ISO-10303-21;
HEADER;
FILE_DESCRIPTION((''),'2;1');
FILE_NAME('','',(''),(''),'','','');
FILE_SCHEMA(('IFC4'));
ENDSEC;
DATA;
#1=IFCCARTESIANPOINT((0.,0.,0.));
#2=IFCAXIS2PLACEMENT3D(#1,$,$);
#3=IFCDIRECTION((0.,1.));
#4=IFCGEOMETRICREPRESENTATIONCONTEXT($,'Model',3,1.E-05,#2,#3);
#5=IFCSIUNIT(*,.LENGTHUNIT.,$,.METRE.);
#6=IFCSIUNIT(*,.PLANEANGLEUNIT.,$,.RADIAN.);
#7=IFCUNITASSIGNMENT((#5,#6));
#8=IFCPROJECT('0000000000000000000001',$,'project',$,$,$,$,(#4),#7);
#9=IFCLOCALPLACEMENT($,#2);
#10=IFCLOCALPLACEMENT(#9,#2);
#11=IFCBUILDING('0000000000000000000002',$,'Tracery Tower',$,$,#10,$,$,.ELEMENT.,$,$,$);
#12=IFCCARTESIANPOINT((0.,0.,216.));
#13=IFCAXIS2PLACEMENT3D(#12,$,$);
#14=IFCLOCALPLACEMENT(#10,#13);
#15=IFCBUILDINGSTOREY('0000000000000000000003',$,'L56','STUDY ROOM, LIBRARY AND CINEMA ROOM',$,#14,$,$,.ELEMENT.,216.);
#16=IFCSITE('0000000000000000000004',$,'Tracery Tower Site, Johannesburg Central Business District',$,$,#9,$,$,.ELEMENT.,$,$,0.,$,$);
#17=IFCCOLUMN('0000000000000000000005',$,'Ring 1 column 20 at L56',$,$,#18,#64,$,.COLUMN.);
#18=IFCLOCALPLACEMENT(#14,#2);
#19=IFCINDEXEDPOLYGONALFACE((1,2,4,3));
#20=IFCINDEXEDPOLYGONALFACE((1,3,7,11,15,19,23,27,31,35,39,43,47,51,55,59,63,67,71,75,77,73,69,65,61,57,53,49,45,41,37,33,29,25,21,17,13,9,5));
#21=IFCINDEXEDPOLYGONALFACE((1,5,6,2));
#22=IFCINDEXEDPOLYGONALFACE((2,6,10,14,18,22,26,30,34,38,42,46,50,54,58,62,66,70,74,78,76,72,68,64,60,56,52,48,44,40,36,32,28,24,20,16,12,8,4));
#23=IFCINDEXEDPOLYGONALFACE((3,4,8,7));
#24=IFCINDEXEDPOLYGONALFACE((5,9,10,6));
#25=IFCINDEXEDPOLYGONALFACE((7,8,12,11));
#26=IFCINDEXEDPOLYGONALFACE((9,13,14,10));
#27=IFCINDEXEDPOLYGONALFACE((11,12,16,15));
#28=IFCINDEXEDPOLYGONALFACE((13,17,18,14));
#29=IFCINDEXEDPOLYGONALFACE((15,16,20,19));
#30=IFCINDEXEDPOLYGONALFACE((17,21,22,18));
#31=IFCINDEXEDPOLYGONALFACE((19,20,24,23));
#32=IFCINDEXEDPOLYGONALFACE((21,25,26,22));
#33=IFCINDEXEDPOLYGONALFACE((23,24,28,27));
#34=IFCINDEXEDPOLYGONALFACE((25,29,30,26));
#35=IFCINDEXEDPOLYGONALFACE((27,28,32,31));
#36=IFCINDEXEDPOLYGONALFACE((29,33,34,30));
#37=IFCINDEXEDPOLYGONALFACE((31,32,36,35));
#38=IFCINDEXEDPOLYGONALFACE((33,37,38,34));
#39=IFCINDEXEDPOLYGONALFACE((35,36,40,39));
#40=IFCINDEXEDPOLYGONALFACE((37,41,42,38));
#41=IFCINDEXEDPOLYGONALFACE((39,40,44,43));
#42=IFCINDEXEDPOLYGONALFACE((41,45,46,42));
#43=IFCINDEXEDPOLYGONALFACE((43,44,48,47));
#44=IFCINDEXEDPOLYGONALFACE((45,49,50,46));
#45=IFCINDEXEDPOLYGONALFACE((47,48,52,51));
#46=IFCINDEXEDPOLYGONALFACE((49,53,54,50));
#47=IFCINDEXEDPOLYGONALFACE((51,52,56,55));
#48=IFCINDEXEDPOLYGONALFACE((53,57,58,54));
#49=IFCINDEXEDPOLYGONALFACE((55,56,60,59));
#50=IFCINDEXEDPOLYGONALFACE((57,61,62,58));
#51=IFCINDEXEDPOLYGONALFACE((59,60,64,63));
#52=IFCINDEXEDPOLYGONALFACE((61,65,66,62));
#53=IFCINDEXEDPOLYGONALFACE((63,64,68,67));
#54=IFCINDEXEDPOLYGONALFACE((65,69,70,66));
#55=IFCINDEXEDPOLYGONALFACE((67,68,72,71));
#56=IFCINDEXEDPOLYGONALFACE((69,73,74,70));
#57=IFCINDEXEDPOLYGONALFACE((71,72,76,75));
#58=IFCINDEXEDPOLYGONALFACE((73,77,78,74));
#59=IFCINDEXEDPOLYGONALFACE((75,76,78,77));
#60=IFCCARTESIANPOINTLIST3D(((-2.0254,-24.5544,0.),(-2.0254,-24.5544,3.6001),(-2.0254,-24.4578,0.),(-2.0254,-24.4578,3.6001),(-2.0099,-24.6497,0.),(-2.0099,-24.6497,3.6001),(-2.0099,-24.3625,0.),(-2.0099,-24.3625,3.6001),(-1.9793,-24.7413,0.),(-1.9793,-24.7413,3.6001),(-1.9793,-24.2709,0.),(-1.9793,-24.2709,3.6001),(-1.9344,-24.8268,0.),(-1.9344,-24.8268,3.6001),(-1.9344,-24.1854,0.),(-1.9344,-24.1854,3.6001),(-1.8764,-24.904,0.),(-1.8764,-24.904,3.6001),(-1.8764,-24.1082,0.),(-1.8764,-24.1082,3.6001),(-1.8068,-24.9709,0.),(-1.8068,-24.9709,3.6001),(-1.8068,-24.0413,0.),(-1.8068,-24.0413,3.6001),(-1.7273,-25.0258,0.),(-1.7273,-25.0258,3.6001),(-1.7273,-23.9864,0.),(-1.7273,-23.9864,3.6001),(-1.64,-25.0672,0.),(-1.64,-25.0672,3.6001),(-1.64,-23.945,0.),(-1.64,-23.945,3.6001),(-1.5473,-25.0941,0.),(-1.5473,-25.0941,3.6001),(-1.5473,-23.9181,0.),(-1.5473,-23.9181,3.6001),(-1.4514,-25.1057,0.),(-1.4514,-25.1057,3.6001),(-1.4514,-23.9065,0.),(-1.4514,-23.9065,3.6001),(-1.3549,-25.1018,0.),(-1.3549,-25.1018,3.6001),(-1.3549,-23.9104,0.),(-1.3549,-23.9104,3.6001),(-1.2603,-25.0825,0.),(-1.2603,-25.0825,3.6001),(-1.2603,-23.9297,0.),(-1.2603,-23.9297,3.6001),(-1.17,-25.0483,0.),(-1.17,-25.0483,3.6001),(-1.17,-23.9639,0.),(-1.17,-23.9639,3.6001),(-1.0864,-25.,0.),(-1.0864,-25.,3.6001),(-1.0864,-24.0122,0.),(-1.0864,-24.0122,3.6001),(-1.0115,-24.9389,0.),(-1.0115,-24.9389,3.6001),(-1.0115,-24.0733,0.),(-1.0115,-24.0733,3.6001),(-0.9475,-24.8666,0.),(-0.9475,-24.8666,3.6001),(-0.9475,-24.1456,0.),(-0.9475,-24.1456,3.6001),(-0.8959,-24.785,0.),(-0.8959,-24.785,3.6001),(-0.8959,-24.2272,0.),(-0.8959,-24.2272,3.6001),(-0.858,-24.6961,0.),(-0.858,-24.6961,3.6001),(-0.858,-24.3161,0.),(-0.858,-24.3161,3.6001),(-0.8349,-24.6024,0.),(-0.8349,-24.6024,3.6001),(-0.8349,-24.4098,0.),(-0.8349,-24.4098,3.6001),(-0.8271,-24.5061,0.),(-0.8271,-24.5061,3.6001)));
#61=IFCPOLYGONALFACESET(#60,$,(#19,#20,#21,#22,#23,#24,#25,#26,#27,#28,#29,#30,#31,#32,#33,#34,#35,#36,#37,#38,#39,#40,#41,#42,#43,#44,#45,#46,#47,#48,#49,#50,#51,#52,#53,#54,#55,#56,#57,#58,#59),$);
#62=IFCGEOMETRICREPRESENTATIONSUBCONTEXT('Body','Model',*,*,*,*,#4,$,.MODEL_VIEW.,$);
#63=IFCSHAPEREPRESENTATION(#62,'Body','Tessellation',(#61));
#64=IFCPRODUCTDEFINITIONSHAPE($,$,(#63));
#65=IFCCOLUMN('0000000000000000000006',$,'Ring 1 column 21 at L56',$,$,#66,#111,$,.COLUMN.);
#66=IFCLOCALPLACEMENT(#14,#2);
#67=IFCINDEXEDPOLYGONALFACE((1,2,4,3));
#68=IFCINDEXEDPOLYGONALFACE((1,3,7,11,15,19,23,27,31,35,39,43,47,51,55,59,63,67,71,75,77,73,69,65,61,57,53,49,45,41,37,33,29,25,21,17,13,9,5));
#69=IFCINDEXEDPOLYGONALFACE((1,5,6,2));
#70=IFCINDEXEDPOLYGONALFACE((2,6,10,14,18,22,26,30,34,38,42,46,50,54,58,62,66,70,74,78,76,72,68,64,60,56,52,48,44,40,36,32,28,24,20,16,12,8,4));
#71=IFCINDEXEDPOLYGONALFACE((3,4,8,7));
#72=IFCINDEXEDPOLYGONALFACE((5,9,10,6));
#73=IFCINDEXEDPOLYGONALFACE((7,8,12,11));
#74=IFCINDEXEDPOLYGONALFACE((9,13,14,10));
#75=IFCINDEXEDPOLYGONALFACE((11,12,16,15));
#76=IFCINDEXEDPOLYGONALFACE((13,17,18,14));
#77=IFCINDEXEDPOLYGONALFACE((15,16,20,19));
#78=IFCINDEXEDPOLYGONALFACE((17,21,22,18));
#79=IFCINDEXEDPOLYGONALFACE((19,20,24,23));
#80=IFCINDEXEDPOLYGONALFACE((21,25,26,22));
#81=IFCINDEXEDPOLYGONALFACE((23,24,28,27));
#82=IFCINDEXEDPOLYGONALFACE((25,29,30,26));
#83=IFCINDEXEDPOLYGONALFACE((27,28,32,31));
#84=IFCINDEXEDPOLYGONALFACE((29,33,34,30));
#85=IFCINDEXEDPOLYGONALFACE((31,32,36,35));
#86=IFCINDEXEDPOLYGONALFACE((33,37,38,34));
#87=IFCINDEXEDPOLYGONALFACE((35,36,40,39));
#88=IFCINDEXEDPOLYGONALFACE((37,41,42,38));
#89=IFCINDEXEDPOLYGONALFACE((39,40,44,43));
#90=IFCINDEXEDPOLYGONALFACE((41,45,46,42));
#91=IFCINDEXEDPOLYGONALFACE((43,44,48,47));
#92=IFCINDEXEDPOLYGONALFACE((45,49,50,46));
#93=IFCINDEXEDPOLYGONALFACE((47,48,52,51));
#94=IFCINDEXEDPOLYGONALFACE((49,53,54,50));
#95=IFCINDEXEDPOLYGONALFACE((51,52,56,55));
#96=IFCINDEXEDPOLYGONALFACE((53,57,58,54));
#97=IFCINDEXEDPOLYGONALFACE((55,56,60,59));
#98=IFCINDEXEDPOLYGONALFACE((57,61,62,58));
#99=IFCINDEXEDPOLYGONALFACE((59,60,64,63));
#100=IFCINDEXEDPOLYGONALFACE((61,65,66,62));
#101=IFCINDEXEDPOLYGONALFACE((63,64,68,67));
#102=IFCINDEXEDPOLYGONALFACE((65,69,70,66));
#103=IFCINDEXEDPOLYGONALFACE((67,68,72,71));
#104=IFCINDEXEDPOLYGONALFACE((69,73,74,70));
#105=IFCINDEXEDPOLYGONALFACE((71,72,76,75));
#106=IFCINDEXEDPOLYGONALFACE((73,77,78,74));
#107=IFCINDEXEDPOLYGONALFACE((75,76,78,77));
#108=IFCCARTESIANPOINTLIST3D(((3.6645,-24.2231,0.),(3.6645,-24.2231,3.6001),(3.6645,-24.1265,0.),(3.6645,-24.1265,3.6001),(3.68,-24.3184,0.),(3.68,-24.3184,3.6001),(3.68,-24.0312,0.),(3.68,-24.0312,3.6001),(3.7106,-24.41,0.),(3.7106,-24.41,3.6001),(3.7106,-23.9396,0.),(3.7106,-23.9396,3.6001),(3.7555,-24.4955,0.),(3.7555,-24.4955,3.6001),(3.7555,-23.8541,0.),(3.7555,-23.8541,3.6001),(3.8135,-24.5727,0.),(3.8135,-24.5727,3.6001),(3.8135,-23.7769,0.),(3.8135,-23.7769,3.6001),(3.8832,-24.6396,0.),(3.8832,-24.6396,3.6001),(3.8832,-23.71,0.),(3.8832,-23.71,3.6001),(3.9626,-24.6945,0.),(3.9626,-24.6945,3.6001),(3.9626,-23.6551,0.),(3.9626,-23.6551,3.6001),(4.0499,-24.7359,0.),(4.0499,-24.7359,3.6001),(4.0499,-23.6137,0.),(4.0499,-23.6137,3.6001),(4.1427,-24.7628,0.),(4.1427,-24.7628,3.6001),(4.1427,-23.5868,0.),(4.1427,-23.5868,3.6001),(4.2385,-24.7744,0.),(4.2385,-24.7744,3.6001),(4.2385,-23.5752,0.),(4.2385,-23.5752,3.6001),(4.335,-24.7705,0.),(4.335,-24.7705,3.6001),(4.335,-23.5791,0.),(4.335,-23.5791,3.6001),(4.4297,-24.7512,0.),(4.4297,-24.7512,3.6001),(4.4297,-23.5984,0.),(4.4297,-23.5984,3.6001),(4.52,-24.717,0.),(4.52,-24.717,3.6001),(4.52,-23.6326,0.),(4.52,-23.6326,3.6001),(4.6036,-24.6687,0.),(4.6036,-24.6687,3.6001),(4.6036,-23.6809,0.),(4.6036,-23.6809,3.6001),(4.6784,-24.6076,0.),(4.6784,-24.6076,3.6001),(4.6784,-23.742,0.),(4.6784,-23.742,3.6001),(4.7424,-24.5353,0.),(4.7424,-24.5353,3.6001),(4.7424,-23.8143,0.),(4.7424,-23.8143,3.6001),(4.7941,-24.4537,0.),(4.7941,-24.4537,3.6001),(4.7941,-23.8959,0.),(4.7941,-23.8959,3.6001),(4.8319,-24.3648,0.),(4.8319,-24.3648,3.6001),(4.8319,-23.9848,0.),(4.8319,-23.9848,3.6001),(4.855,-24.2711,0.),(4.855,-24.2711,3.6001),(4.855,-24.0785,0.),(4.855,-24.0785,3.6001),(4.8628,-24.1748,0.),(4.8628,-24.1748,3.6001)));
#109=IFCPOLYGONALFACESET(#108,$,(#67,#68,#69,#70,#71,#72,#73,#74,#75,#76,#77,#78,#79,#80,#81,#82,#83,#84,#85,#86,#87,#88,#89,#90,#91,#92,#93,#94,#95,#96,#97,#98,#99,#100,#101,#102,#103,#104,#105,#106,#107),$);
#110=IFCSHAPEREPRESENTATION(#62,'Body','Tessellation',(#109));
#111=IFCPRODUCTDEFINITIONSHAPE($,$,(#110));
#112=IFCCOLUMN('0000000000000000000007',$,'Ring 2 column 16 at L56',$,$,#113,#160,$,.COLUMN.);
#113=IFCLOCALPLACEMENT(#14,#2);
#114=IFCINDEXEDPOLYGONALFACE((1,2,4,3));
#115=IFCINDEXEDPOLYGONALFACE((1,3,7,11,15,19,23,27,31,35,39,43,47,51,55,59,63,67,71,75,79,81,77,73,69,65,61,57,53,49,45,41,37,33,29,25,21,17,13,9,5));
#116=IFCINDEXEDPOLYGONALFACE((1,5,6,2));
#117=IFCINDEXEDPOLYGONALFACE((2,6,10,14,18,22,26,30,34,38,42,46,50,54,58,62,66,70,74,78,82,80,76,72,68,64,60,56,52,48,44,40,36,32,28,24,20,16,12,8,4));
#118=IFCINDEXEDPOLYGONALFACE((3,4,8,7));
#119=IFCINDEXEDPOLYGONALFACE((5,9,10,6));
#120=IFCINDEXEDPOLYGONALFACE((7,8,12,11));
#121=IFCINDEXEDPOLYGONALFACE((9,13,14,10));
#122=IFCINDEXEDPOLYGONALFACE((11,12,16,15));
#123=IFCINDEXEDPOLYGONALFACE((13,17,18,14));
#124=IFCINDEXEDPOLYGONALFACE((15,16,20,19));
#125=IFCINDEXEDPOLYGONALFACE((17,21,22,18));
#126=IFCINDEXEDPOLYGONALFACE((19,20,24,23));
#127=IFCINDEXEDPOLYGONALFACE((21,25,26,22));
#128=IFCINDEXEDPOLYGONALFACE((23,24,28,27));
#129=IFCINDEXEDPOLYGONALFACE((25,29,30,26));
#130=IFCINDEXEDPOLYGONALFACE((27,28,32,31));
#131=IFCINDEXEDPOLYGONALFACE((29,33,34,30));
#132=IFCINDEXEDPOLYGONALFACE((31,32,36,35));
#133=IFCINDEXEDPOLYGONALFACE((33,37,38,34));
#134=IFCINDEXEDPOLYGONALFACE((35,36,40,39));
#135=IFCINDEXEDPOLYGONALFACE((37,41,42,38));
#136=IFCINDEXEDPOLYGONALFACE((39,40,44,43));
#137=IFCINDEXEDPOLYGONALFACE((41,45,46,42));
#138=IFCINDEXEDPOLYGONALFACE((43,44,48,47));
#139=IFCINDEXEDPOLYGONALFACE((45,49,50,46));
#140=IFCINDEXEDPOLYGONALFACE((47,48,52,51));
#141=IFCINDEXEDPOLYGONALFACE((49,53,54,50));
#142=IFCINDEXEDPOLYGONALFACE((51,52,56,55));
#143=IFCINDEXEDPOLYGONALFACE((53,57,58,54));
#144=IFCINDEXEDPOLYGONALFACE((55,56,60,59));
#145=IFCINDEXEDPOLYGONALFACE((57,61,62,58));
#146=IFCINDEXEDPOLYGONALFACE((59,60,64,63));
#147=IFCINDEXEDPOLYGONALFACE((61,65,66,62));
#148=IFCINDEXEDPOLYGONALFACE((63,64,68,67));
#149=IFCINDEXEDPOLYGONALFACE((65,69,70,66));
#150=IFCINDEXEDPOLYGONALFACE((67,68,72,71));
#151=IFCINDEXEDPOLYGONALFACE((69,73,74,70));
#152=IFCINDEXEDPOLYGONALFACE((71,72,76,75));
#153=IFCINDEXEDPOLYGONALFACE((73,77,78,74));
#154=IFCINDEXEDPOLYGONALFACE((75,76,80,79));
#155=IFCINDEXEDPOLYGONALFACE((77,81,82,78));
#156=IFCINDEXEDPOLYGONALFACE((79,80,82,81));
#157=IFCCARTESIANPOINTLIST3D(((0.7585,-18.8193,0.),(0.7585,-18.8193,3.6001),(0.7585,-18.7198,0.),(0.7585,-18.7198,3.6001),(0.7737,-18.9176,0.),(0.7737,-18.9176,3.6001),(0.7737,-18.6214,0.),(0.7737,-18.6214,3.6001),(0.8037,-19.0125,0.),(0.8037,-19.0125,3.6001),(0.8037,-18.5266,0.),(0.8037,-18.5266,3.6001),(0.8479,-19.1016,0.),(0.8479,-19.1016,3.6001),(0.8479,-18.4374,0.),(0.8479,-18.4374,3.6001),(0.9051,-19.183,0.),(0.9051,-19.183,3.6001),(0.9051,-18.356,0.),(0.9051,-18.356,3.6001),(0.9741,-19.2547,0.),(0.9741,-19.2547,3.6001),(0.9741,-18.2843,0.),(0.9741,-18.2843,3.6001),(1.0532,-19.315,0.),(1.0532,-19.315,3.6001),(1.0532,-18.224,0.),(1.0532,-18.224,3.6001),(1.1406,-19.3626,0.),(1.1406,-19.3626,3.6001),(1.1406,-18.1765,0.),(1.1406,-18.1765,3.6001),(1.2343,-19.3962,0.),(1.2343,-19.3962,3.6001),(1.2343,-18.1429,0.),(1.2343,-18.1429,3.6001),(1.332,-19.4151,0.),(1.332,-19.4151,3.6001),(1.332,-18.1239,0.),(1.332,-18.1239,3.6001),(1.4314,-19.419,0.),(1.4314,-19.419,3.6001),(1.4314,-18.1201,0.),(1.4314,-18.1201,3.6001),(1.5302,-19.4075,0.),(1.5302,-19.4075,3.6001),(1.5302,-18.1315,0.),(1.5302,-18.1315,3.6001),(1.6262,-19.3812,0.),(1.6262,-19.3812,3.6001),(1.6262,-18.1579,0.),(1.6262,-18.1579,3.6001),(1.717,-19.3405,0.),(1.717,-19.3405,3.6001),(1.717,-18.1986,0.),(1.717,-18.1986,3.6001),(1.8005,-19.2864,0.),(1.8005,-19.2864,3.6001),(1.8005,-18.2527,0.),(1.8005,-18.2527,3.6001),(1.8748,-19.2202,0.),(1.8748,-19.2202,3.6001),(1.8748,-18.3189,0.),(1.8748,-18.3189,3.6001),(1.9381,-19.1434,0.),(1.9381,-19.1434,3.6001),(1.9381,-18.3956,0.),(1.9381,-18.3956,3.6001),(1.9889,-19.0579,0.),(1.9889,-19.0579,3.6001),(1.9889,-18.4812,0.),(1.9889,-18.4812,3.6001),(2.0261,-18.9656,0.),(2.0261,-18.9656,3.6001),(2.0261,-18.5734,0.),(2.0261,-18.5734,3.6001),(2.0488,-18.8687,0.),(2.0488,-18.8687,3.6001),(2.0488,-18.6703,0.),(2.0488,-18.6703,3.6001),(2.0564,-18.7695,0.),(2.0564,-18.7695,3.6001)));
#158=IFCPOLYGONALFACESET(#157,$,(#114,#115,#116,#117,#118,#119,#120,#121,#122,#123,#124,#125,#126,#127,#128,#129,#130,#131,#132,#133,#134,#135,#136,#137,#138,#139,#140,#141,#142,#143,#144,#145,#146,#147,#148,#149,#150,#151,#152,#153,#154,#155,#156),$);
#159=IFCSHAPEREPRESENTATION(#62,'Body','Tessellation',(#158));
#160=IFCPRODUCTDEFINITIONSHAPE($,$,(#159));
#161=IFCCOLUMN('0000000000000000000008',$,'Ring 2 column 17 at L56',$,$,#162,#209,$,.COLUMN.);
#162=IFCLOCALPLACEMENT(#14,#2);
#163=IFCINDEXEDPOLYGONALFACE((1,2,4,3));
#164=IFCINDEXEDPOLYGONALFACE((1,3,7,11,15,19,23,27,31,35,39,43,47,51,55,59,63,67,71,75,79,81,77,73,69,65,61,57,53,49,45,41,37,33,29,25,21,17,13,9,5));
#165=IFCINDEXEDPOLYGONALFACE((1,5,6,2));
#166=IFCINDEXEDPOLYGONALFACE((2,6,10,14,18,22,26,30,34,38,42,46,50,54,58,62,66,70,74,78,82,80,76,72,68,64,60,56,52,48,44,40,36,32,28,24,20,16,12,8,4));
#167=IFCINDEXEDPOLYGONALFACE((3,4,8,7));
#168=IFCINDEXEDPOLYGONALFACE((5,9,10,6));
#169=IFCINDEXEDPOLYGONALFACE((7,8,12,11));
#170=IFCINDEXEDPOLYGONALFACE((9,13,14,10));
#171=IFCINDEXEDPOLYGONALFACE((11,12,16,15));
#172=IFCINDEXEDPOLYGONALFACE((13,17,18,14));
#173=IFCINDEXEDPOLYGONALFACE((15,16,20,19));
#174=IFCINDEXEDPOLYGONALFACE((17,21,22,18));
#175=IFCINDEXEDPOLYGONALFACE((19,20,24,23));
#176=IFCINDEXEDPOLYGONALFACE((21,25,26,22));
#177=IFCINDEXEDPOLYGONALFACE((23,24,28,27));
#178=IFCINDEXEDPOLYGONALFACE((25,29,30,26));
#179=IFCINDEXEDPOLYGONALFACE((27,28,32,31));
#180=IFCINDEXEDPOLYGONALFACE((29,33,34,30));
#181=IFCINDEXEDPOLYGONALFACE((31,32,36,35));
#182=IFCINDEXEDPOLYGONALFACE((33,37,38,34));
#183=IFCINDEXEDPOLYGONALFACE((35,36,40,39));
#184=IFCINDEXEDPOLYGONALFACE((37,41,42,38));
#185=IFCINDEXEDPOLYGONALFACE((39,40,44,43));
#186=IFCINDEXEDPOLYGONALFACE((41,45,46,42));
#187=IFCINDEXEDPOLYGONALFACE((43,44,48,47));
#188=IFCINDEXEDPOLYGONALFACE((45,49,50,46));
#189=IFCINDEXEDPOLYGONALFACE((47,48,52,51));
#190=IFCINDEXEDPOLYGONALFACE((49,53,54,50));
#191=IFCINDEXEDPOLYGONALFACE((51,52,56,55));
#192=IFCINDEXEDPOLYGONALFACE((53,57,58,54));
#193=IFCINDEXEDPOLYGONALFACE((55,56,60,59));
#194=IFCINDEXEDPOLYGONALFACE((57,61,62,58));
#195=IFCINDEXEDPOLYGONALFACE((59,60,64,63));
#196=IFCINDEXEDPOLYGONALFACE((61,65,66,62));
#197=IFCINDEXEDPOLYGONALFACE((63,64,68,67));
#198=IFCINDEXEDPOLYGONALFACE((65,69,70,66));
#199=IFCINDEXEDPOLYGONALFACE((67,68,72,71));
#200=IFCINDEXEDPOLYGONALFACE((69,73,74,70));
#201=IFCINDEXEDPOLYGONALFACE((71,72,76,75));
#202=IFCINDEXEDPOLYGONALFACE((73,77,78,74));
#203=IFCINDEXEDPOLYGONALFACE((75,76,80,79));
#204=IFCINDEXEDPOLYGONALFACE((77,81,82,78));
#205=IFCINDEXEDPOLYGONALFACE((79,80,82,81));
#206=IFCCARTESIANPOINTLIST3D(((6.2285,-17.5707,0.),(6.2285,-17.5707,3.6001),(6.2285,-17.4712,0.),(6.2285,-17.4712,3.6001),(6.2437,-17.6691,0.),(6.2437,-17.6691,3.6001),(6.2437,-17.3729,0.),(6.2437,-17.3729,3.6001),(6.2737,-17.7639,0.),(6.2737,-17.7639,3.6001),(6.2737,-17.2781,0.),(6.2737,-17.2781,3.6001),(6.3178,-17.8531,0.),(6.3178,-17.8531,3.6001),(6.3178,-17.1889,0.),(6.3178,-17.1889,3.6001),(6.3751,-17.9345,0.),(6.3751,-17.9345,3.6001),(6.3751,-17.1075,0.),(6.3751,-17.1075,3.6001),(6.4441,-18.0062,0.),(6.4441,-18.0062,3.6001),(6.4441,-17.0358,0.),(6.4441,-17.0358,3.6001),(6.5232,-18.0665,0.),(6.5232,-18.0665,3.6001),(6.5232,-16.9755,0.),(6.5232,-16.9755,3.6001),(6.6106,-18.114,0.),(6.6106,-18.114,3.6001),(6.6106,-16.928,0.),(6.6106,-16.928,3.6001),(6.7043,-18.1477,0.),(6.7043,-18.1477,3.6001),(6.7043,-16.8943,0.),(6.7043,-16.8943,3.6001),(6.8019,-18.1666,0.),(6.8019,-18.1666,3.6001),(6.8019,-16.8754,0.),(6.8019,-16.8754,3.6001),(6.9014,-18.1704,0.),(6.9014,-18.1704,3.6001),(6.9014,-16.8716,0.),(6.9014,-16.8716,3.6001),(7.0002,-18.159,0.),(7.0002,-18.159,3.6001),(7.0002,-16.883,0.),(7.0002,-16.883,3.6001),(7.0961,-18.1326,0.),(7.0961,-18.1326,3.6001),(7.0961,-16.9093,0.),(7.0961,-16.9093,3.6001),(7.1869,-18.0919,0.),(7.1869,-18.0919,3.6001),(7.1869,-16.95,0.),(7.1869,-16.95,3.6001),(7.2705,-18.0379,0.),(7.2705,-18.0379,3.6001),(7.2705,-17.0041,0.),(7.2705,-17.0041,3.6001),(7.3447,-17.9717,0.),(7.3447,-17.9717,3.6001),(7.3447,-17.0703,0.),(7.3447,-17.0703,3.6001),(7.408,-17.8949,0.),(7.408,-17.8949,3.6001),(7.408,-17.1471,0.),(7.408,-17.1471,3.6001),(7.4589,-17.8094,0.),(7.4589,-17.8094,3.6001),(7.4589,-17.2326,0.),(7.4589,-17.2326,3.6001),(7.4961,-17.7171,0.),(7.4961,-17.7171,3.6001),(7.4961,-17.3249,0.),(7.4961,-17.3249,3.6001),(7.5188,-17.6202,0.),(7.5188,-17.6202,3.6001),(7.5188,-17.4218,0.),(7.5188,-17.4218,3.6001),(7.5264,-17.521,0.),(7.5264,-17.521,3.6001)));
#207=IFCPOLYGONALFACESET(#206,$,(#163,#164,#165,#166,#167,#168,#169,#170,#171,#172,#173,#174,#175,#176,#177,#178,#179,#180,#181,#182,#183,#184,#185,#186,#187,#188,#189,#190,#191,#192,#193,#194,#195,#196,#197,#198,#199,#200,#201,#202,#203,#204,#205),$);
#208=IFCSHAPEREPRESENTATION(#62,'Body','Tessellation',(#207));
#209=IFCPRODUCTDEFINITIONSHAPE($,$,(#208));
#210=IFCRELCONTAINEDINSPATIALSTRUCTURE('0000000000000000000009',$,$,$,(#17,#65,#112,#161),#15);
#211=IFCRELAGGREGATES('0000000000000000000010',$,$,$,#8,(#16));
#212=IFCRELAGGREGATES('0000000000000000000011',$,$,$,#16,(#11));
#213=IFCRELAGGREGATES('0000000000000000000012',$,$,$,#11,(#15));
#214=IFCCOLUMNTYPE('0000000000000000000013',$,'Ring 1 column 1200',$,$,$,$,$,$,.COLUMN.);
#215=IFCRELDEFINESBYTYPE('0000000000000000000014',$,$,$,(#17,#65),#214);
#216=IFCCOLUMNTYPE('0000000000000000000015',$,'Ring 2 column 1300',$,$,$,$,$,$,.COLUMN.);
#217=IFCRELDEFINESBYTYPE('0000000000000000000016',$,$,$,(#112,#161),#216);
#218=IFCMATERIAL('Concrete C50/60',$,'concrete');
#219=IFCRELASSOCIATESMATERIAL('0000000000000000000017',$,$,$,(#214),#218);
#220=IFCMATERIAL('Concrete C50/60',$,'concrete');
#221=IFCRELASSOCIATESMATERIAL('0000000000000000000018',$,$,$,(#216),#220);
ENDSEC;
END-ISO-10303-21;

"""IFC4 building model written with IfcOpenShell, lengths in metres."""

from ifc_helpers import new_model, si_unit, direction, frame, origin, origin_2d, place, context, subcontext, project, spatial, circle, extrude, material, material_profile, profile_set, type_object, element, save


model = new_model("IFC4")

# Units and contexts
model_context = context("Model", 3, precision=1e-05, world=origin(), true_north=direction((0.0, 1.0)))
body_context = subcontext(model_context, "Body", "Model", "MODEL_VIEW")
ifc_project = project(units=[si_unit("LENGTHUNIT", "METRE"), si_unit("PLANEANGLEUNIT", "RADIAN")], contexts=[model_context])

# Site, building, storey
site_placement = place(None, origin())
site = spatial("IfcSite", under=ifc_project, at=site_placement, Name="Tracery Tower Site, Johannesburg Central Business District", CompositionType="ELEMENT", RefElevation=0.0)
building_placement = place(site_placement, origin())
building = spatial("IfcBuilding", under=site, at=building_placement, Name="Tracery Tower", CompositionType="ELEMENT")
storey_placement = place(building_placement, frame((0.0, 0.0, 216.0)))
storey = spatial("IfcBuildingStorey", under=building, at=storey_placement, Name="L56", Description="STUDY ROOM, LIBRARY AND CINEMA ROOM", CompositionType="ELEMENT", Elevation=216.0)

# Columns
ifc_material_1 = material(Name="Concrete C50/60", Category="concrete")
ifc_material_profile_1 = material_profile(ifc_material_1, circle(Radius=0.6001, at=origin_2d()), Name="RC D1200")
ifc_profile_set_1 = profile_set([ifc_material_profile_1], Name="Concrete C50/60")
column_type_1 = type_object("IfcColumnType", Name="Ring 1 column 1200", PredefinedType="COLUMN", material=ifc_profile_set_1)
for number, where, z_axis, x_axis, name in (
    (1, (-1.4272, -24.5061, 0.0), (0.0, 0.0, 1.0), (1.0, 0.0, 0.0), "Ring 1 column 20 at L56"),
    (2, (4.2627, -24.1748, 0.0), (0.0, 0.0, 1.0), (1.0, 0.0, 0.0), "Ring 1 column 21 at L56"),
):
    element("IfcColumn", number, at=place(storey_placement, frame(where, z_axis=z_axis, x_axis=x_axis)), inside=storey, type_object=column_type_1, Name=name, PredefinedType="COLUMN", context=body_context, shape_type="SweptSolid", body=[
        extrude(circle(Radius=0.6001, at=origin_2d()), origin(), (0.0, 0.0, 1.0), 3.6001),
    ])
ifc_material_2 = material(Name="Concrete C50/60", Category="concrete")
ifc_material_profile_2 = material_profile(ifc_material_2, circle(Radius=0.6499, at=origin_2d()), Name="RC D1300")
ifc_profile_set_2 = profile_set([ifc_material_profile_2], Name="Concrete C50/60")
column_type_2 = type_object("IfcColumnType", Name="Ring 2 column 1300", PredefinedType="COLUMN", material=ifc_profile_set_2)
for number, where, z_axis, x_axis, name in (
    (3, (1.4065, -18.7695, 0.0), (0.0, 0.0, 1.0), (1.0, 0.0, 0.0), "Ring 2 column 16 at L56"),
    (4, (6.8765, -17.521, 0.0), (0.0, 0.0, 1.0), (1.0, 0.0, 0.0), "Ring 2 column 17 at L56"),
):
    element("IfcColumn", number, at=place(storey_placement, frame(where, z_axis=z_axis, x_axis=x_axis)), inside=storey, type_object=column_type_2, Name=name, PredefinedType="COLUMN", context=body_context, shape_type="SweptSolid", body=[
        extrude(circle(Radius=0.6499, at=origin_2d()), origin(), (0.0, 0.0, 1.0), 3.6001),
    ])

save(model, "model.ifc")
